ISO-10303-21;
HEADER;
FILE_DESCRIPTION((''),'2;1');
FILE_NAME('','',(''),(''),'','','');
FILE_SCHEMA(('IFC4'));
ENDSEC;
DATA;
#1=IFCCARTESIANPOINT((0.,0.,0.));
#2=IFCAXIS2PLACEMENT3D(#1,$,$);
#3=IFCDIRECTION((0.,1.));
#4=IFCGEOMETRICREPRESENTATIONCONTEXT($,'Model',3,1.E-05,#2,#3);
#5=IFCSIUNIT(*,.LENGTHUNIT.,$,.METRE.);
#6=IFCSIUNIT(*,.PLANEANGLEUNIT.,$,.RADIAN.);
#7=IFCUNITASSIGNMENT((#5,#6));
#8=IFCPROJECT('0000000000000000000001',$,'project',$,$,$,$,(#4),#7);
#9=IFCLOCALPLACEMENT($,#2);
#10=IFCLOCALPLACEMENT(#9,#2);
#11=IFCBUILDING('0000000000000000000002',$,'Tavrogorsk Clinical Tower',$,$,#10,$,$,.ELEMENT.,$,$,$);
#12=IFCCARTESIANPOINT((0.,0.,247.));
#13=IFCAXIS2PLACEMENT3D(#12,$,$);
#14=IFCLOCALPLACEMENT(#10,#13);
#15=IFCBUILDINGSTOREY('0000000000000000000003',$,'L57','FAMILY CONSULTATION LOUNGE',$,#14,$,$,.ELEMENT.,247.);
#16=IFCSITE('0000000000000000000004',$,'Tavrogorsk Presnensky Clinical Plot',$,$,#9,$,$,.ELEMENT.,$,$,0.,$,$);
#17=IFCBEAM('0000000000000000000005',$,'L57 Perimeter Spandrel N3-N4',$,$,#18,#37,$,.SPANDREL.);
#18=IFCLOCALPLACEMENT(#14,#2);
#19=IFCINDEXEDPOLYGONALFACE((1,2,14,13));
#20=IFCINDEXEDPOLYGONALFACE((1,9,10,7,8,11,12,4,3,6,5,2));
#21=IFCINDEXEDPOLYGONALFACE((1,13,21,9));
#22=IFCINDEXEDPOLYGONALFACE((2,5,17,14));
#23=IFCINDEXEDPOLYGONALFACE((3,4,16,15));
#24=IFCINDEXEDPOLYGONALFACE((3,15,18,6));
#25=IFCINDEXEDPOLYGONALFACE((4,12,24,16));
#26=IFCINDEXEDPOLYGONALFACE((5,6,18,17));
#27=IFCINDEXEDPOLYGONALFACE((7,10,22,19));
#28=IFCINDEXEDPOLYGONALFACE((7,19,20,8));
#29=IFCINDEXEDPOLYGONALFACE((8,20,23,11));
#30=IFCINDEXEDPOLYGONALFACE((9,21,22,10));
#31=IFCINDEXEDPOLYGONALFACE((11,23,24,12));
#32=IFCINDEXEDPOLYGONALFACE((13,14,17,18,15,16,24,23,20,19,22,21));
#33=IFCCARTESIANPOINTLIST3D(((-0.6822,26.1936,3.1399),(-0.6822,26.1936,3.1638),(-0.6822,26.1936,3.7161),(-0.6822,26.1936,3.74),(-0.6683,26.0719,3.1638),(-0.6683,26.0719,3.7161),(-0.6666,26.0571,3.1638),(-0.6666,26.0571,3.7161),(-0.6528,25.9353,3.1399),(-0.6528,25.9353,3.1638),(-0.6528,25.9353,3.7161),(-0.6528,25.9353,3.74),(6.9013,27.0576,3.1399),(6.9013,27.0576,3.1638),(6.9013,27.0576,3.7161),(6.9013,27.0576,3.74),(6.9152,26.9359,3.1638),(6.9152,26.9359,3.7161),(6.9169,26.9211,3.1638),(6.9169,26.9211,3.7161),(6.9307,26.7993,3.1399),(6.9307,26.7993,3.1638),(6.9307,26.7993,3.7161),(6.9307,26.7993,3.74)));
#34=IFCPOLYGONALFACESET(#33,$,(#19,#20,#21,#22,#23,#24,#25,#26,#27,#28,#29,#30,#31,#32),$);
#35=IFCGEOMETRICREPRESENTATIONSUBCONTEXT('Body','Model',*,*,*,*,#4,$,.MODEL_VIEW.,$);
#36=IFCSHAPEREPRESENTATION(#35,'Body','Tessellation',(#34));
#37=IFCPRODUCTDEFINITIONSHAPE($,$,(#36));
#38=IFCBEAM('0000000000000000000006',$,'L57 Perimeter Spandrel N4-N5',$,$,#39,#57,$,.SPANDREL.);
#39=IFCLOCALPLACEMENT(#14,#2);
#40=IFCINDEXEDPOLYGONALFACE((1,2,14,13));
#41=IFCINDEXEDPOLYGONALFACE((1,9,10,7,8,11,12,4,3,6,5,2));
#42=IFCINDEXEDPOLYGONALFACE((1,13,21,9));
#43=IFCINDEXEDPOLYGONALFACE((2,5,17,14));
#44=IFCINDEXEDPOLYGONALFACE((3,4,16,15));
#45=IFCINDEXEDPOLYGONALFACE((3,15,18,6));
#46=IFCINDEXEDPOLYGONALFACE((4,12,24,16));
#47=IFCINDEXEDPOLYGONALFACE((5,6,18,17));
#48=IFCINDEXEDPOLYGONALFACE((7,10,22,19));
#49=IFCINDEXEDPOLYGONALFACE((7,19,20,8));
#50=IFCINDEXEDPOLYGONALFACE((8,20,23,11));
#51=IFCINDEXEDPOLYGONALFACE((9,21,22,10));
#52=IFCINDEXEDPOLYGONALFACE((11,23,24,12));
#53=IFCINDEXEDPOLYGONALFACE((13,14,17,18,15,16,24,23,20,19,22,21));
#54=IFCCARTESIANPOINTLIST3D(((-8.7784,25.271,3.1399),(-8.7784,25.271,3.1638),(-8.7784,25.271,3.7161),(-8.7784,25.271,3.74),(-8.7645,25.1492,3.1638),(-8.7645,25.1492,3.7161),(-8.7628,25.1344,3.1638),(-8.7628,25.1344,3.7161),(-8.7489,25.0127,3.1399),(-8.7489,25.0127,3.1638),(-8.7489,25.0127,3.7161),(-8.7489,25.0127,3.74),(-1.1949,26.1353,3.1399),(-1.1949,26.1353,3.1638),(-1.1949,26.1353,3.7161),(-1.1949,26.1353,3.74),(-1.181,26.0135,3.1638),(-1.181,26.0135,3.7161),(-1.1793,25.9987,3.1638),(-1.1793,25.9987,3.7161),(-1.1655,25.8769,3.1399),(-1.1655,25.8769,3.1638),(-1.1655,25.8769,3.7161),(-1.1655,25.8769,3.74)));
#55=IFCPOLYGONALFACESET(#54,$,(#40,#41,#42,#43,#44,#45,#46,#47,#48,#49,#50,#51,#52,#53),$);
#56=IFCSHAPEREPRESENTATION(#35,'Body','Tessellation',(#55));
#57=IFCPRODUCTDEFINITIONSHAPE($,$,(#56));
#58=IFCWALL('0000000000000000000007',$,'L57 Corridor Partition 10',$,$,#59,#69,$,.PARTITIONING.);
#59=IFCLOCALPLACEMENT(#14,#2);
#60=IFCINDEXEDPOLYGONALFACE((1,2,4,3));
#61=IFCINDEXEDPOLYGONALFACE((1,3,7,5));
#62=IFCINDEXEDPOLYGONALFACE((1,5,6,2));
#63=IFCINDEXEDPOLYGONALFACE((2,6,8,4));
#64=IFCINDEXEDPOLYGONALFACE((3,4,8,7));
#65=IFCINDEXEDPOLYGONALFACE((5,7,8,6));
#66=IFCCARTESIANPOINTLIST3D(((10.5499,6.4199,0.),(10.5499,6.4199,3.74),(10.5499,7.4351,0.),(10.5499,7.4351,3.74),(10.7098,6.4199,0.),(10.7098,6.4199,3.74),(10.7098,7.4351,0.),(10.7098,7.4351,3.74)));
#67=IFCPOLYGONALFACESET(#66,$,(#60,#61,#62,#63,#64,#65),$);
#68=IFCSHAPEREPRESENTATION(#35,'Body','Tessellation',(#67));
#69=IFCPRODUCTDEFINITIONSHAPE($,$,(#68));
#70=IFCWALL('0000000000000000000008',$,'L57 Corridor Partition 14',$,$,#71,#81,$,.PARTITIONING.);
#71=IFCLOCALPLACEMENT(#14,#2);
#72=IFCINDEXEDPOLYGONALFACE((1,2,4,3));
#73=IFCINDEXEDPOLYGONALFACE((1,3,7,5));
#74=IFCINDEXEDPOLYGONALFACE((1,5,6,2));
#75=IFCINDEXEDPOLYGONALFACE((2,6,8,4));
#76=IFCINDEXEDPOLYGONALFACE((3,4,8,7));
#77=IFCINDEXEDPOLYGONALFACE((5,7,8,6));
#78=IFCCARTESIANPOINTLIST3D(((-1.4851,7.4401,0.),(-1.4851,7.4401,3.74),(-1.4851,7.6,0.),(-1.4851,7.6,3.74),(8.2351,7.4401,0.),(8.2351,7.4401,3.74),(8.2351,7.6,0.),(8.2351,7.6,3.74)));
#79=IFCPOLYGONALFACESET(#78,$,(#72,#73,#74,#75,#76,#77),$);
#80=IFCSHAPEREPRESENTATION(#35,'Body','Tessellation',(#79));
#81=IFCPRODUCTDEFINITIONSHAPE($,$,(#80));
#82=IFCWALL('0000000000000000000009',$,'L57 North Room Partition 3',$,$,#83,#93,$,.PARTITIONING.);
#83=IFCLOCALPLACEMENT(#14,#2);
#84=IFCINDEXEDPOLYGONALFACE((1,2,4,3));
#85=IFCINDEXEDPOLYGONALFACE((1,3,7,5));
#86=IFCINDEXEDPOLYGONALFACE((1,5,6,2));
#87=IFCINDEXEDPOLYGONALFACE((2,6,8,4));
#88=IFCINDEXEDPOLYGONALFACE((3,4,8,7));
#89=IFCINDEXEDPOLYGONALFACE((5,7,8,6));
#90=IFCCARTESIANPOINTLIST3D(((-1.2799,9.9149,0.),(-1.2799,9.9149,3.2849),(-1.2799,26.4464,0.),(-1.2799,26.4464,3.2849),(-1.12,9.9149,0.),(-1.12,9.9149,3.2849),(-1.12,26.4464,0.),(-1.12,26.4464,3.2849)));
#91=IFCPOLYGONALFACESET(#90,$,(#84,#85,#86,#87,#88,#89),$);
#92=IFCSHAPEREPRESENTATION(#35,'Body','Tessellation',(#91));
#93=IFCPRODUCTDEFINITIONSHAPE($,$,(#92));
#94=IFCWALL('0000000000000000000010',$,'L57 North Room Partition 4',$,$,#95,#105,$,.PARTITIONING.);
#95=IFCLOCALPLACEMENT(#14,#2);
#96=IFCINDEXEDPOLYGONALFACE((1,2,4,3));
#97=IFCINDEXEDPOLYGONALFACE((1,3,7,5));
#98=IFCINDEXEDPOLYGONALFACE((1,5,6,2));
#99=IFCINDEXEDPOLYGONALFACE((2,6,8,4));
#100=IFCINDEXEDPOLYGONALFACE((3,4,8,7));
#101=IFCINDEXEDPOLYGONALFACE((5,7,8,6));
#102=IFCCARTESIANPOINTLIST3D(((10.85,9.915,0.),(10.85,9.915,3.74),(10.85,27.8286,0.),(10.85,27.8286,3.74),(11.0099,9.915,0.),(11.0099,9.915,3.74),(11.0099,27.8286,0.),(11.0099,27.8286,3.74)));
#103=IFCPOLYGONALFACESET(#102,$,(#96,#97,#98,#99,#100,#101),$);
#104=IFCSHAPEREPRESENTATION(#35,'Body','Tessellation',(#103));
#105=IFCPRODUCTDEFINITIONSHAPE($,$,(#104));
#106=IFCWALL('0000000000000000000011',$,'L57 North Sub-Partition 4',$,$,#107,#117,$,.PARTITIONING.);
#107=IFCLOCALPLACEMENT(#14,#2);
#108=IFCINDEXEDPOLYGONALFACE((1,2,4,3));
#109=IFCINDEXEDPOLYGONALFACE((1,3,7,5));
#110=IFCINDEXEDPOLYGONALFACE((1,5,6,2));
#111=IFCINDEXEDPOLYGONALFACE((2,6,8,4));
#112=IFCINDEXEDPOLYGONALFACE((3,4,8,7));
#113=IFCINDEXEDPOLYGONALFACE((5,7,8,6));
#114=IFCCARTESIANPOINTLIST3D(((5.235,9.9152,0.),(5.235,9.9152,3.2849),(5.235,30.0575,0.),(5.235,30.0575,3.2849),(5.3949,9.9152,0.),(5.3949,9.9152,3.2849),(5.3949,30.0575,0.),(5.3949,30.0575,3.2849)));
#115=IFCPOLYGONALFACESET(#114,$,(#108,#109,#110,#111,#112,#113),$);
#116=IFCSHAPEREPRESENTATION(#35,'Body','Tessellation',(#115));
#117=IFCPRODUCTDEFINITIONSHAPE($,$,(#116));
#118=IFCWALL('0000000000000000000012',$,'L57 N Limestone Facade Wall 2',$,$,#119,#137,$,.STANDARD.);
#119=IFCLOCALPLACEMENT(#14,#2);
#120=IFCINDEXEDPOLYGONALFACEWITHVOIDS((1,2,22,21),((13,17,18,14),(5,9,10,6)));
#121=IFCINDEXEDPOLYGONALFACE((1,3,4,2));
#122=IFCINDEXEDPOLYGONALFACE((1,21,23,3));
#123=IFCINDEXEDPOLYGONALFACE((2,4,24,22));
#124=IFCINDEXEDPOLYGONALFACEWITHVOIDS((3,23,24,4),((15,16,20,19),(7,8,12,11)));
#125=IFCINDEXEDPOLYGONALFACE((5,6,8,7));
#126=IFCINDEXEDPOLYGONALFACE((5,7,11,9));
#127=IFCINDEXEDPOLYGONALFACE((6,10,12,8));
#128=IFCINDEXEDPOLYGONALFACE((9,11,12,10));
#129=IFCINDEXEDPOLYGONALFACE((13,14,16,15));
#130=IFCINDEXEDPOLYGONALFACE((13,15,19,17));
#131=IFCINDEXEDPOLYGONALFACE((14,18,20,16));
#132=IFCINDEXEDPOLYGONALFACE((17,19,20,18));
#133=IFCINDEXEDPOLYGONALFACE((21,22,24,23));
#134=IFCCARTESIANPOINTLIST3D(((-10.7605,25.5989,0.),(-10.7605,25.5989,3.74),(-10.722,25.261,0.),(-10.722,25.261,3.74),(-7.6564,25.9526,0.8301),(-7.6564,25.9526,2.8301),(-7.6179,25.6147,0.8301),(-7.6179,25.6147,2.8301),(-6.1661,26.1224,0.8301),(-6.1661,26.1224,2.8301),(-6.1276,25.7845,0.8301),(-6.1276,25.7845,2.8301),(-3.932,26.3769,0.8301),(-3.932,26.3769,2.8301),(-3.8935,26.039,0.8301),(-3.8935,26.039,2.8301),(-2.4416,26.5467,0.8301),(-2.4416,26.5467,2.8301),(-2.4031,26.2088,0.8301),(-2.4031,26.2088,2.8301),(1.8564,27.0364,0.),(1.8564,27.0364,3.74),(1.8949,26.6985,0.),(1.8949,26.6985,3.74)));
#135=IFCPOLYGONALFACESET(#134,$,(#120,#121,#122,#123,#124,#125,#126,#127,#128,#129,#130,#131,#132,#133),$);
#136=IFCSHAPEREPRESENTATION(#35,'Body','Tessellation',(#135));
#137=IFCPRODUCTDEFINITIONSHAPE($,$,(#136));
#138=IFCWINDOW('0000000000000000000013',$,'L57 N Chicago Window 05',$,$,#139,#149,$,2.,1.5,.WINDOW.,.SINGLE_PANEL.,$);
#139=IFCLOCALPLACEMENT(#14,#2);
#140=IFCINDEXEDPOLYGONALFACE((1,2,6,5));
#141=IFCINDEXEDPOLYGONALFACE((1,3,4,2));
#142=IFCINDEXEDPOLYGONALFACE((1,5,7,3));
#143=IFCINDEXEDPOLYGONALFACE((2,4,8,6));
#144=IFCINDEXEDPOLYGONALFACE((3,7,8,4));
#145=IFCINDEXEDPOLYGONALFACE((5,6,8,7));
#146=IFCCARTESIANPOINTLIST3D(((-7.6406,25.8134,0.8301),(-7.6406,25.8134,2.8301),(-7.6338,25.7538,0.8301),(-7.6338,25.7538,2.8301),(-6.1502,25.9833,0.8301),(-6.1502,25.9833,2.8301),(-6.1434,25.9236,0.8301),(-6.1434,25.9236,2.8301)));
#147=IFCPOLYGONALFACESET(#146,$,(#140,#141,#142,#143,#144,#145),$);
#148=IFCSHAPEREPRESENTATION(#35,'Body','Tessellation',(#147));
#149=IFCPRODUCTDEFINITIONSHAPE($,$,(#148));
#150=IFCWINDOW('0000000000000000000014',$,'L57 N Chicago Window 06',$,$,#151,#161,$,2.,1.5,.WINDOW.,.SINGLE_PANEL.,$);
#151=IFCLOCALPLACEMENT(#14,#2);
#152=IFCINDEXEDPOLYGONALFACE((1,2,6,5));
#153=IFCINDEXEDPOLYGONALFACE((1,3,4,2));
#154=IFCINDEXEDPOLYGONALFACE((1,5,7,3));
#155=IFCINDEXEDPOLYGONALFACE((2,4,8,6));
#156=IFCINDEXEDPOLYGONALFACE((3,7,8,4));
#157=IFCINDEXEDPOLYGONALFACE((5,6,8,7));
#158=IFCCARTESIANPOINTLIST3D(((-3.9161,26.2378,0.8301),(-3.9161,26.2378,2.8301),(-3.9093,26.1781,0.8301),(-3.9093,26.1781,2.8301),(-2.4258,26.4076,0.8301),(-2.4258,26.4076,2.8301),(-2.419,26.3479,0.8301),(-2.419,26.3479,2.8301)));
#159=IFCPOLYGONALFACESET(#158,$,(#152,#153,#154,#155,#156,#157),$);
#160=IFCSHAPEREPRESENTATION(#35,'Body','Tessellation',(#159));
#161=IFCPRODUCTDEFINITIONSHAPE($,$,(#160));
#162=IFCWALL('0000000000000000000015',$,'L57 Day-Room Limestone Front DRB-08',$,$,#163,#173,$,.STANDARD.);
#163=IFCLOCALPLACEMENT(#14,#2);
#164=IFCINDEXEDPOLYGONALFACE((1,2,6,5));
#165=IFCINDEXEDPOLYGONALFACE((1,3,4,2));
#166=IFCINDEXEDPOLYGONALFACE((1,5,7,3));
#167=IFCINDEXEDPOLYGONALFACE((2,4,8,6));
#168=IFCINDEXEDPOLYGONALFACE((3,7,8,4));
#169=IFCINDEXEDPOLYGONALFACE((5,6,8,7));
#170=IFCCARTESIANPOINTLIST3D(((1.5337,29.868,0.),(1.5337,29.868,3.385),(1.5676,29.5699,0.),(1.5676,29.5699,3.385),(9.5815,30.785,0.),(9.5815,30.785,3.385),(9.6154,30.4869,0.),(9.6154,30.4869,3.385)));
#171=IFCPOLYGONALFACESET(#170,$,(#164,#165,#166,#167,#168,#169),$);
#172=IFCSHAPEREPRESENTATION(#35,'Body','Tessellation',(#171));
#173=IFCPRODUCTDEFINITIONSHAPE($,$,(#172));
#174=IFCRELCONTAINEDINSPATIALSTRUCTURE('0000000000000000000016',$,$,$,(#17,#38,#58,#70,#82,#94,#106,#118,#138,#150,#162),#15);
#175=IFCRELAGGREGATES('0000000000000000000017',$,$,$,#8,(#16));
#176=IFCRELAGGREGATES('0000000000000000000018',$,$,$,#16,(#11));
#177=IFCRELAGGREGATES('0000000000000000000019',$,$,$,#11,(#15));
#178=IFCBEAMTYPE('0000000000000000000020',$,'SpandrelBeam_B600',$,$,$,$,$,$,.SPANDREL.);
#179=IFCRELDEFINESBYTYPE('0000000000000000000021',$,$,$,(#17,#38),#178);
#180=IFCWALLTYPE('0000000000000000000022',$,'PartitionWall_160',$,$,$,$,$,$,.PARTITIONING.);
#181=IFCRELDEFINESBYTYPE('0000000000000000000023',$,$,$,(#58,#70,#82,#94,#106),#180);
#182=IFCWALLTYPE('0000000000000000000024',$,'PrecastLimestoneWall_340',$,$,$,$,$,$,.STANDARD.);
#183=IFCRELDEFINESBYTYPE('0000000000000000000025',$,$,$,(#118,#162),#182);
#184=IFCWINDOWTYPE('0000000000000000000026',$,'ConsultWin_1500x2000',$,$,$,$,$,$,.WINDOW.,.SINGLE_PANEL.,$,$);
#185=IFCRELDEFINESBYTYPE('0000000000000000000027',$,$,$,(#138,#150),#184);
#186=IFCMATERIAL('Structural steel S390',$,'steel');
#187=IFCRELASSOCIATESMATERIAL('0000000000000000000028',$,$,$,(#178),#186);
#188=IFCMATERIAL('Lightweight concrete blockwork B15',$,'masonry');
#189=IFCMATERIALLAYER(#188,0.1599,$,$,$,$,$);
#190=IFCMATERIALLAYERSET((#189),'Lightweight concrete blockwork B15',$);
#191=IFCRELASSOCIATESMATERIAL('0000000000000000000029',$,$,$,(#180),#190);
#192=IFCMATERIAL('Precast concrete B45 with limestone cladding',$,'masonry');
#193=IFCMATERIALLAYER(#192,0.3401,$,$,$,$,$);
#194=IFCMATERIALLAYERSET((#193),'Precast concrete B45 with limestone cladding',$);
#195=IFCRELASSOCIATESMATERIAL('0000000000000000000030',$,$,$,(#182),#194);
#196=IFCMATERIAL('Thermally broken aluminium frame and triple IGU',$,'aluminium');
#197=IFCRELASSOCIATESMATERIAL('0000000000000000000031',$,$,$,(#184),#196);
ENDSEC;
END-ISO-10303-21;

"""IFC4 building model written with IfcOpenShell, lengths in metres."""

from ifc_helpers import new_model, si_unit, direction, frame, frame_2d, origin, origin_2d, place, context, subcontext, project, spatial, rectangle, i_section, extrude, material, layer, layer_set, material_profile, profile_set, type_object, element, fill, save


model = new_model("IFC4")

# Units and contexts
model_context = context("Model", 3, precision=1e-05, world=origin(), true_north=direction((0.0, 1.0)))
body_context = subcontext(model_context, "Body", "Model", "MODEL_VIEW")
ifc_project = project(units=[si_unit("LENGTHUNIT", "METRE"), si_unit("PLANEANGLEUNIT", "RADIAN")], contexts=[model_context])

# Site, building, storey
site_placement = place(None, origin())
site = spatial("IfcSite", under=ifc_project, at=site_placement, Name="Tavrogorsk Presnensky Clinical Plot", CompositionType="ELEMENT", RefElevation=0.0)
building_placement = place(site_placement, origin())
building = spatial("IfcBuilding", under=site, at=building_placement, Name="Tavrogorsk Clinical Tower", CompositionType="ELEMENT")
storey_placement = place(building_placement, frame((0.0, 0.0, 247.0)))
storey = spatial("IfcBuildingStorey", under=building, at=storey_placement, Name="L57", Description="FAMILY CONSULTATION LOUNGE", CompositionType="ELEMENT", Elevation=247.0)

# Beams
ifc_material_1 = material(Name="Structural steel S390", Category="steel")
ifc_material_profile_1 = material_profile(ifc_material_1, i_section(OverallWidth=0.26, OverallDepth=0.6001, WebThickness=0.0149, FlangeThickness=0.0239, at=origin_2d()), Name="B-600x260x15x24")
ifc_profile_set_1 = profile_set([ifc_material_profile_1], Name="Structural steel S390")
beam_type_1 = type_object("IfcBeamType", Name="SpandrelBeam_B600", PredefinedType="SPANDREL", material=ifc_profile_set_1)
for number, where, z_axis, x_axis, name in (
    (1, (6.916, 26.9285, 3.4399), (-0.993572, -0.113201, 0.0), (0.113201, -0.993572, 0.0), "L57 Perimeter Spandrel N3-N4"),
    (2, (-1.1802, 26.0061, 3.4399), (-0.993569, -0.113233, 0.0), (0.113233, -0.993569, 0.0), "L57 Perimeter Spandrel N4-N5"),
):
    element("IfcBeam", number, at=place(storey_placement, frame(where, z_axis=z_axis, x_axis=x_axis)), inside=storey, type_object=beam_type_1, Name=name, PredefinedType="SPANDREL", context=body_context, shape_type="SweptSolid", body=[
        extrude(i_section(OverallWidth=0.26, OverallDepth=0.6001, WebThickness=0.0149, FlangeThickness=0.0239, at=origin_2d()), origin(), (0.0, 0.0, 1.0), 7.6326),
    ])

# Walls
ifc_material_2 = material(Name="Lightweight concrete blockwork B15", Category="masonry")
ifc_layer_1 = layer(ifc_material_2, 0.1599)
ifc_layer_set_1 = layer_set([ifc_layer_1], Name="Lightweight concrete blockwork B15")
wall_type_1 = type_object("IfcWallType", Name="PartitionWall_160", PredefinedType="PARTITIONING", material=ifc_layer_set_1)
wall_1_placement = place(storey_placement, frame((10.6299, 7.4351, 0.0), z_axis=(0.0, 0.0, 1.0), x_axis=(0.0, -1.0, 0.0)))
element("IfcWall", 3, at=wall_1_placement, inside=storey, type_object=wall_type_1, Name="L57 Corridor Partition 10", PredefinedType="PARTITIONING", context=body_context, shape_type="SweptSolid", body=[
    extrude(rectangle(XDim=1.0151, YDim=0.1599, at=frame_2d((0.5076, 0.0))), origin(), (0.0, 0.0, 1.0), 3.74),
])
wall_2_placement = place(storey_placement, frame((8.2351, 7.52, 0.0), z_axis=(0.0, 0.0, 1.0), x_axis=(-1.0, 0.0, 0.0)))
element("IfcWall", 4, at=wall_2_placement, inside=storey, type_object=wall_type_1, Name="L57 Corridor Partition 14", PredefinedType="PARTITIONING", context=body_context, shape_type="SweptSolid", body=[
    extrude(rectangle(XDim=9.7202, YDim=0.1599, at=frame_2d((4.8601, 0.0))), origin(), (0.0, 0.0, 1.0), 3.74),
])
wall_3_placement = place(storey_placement, frame((-1.2, 9.915, 0.0), z_axis=(0.0, 0.0, 1.0), x_axis=(0.0, 1.0, 0.0)))
element("IfcWall", 5, at=wall_3_placement, inside=storey, type_object=wall_type_1, Name="L57 North Room Partition 3", PredefinedType="PARTITIONING", context=body_context, shape_type="SweptSolid", body=[
    extrude(rectangle(XDim=16.5315, YDim=0.1599, at=frame_2d((8.2656, 0.0))), origin(), (0.0, 0.0, 1.0), 3.2849),
])
wall_4_placement = place(storey_placement, frame((10.9299, 9.915, 0.0), z_axis=(0.0, 0.0, 1.0), x_axis=(0.0, 1.0, 0.0)))
element("IfcWall", 6, at=wall_4_placement, inside=storey, type_object=wall_type_1, Name="L57 North Room Partition 4", PredefinedType="PARTITIONING", context=body_context, shape_type="SweptSolid", body=[
    extrude(rectangle(XDim=17.9136, YDim=0.1599, at=frame_2d((8.9568, 0.0))), origin(), (0.0, 0.0, 1.0), 3.74),
])
wall_5_placement = place(storey_placement, frame((5.3149, 9.915, 0.0), z_axis=(0.0, 0.0, 1.0), x_axis=(0.0, 1.0, 0.0)))
element("IfcWall", 7, at=wall_5_placement, inside=storey, type_object=wall_type_1, Name="L57 North Sub-Partition 4", PredefinedType="PARTITIONING", context=body_context, shape_type="SweptSolid", body=[
    extrude(rectangle(XDim=20.1423, YDim=0.1599, at=frame_2d((10.0713, 0.0))), origin(), (0.0, 0.0, 1.0), 3.2849),
])

# Wall, openings, windows
ifc_material_3 = material(Name="Precast concrete B45 with limestone cladding", Category="masonry")
ifc_layer_2 = layer(ifc_material_3, 0.3401)
ifc_layer_set_2 = layer_set([ifc_layer_2], Name="Precast concrete B45 with limestone cladding")
wall_type_2 = type_object("IfcWallType", Name="PrecastLimestoneWall_340", PredefinedType="STANDARD", material=ifc_layer_set_2)
wall_6_placement = place(storey_placement, frame((1.8755, 26.8674, 0.0), z_axis=(0.0, 0.0, 1.0), x_axis=(-0.993572, -0.113202, 0.0)))
wall_6 = element("IfcWall", 8, at=wall_6_placement, inside=storey, type_object=wall_type_2, Name="L57 N Limestone Facade Wall 2", PredefinedType="STANDARD", context=body_context, shape_type="SweptSolid", body=[
    extrude(rectangle(XDim=12.6985, YDim=0.3401, at=frame_2d((6.3491, 0.0))), origin(), (0.0, 0.0, 1.0), 3.74),
])
opening_1_placement = place(wall_6_placement, frame((8.0742, 0.0, 0.8301)))
opening_1 = element("IfcOpeningElement", 9, at=opening_1_placement, cuts=wall_6, PredefinedType="OPENING", context=body_context, shape_type="SweptSolid", body=[
    extrude(rectangle(XDim=1.5, YDim=2.0, at=frame_2d((0.75, 1.0))), frame((0.0, 0.1799, 0.0), z_axis=(0.0, -1.0, 0.0), x_axis=(1.0, 0.0, 0.0)), (0.0, 0.0, 1.0), 0.3601),
])
opening_2_placement = place(wall_6_placement, frame((4.3257, 0.0, 0.8301)))
opening_2 = element("IfcOpeningElement", 10, at=opening_2_placement, cuts=wall_6, PredefinedType="OPENING", context=body_context, shape_type="SweptSolid", body=[
    extrude(rectangle(XDim=1.5, YDim=2.0, at=frame_2d((0.75, 1.0))), frame((0.0, 0.1799, 0.0), z_axis=(0.0, -1.0, 0.0), x_axis=(1.0, 0.0, 0.0)), (0.0, 0.0, 1.0), 0.3601),
])
ifc_material_4 = material(Name="Thermally broken aluminium frame and triple IGU", Category="aluminium")
window_type = type_object("IfcWindowType", Name="ConsultWin_1500x2000", PartitioningType="SINGLE_PANEL", PredefinedType="WINDOW", material=ifc_material_4)
window_1_placement = place(opening_1_placement, origin())
window_1 = element("IfcWindow", 11, at=window_1_placement, inside=storey, type_object=window_type, Name="L57 N Chicago Window 05", OverallHeight=2.0, OverallWidth=1.5, PartitioningType="SINGLE_PANEL", PredefinedType="WINDOW", context=body_context, shape_type="SweptSolid", body=[
    extrude(rectangle(XDim=1.5, YDim=2.0, at=frame_2d((0.75, 1.0))), frame((0.0, 0.03, 0.0), z_axis=(0.0, -1.0, 0.0), x_axis=(1.0, 0.0, 0.0)), (0.0, 0.0, 1.0), 0.0601),
])
fill(opening_1, window_1)
window_2_placement = place(opening_2_placement, origin())
window_2 = element("IfcWindow", 12, at=window_2_placement, inside=storey, type_object=window_type, Name="L57 N Chicago Window 06", OverallHeight=2.0, OverallWidth=1.5, PartitioningType="SINGLE_PANEL", PredefinedType="WINDOW", context=body_context, shape_type="SweptSolid", body=[
    extrude(rectangle(XDim=1.5, YDim=2.0, at=frame_2d((0.75, 1.0))), frame((0.0, 0.03, 0.0), z_axis=(0.0, -1.0, 0.0), x_axis=(1.0, 0.0, 0.0)), (0.0, 0.0, 1.0), 0.0601),
])
fill(opening_2, window_2)

# Wall
wall_7_placement = place(storey_placement, frame((1.5508, 29.719, 0.0), z_axis=(0.0, 0.0, 1.0), x_axis=(0.993571, 0.11321, 0.0)))
element("IfcWall", 13, at=wall_7_placement, inside=storey, type_object=wall_type_2, Name="L57 Day-Room Limestone Front DRB-08", PredefinedType="STANDARD", context=body_context, shape_type="SweptSolid", body=[
    extrude(rectangle(XDim=8.0999, YDim=0.3, at=frame_2d((4.0498, 0.0))), origin(), (0.0, 0.0, 1.0), 3.385),
])

save(model, "model.ifc")
